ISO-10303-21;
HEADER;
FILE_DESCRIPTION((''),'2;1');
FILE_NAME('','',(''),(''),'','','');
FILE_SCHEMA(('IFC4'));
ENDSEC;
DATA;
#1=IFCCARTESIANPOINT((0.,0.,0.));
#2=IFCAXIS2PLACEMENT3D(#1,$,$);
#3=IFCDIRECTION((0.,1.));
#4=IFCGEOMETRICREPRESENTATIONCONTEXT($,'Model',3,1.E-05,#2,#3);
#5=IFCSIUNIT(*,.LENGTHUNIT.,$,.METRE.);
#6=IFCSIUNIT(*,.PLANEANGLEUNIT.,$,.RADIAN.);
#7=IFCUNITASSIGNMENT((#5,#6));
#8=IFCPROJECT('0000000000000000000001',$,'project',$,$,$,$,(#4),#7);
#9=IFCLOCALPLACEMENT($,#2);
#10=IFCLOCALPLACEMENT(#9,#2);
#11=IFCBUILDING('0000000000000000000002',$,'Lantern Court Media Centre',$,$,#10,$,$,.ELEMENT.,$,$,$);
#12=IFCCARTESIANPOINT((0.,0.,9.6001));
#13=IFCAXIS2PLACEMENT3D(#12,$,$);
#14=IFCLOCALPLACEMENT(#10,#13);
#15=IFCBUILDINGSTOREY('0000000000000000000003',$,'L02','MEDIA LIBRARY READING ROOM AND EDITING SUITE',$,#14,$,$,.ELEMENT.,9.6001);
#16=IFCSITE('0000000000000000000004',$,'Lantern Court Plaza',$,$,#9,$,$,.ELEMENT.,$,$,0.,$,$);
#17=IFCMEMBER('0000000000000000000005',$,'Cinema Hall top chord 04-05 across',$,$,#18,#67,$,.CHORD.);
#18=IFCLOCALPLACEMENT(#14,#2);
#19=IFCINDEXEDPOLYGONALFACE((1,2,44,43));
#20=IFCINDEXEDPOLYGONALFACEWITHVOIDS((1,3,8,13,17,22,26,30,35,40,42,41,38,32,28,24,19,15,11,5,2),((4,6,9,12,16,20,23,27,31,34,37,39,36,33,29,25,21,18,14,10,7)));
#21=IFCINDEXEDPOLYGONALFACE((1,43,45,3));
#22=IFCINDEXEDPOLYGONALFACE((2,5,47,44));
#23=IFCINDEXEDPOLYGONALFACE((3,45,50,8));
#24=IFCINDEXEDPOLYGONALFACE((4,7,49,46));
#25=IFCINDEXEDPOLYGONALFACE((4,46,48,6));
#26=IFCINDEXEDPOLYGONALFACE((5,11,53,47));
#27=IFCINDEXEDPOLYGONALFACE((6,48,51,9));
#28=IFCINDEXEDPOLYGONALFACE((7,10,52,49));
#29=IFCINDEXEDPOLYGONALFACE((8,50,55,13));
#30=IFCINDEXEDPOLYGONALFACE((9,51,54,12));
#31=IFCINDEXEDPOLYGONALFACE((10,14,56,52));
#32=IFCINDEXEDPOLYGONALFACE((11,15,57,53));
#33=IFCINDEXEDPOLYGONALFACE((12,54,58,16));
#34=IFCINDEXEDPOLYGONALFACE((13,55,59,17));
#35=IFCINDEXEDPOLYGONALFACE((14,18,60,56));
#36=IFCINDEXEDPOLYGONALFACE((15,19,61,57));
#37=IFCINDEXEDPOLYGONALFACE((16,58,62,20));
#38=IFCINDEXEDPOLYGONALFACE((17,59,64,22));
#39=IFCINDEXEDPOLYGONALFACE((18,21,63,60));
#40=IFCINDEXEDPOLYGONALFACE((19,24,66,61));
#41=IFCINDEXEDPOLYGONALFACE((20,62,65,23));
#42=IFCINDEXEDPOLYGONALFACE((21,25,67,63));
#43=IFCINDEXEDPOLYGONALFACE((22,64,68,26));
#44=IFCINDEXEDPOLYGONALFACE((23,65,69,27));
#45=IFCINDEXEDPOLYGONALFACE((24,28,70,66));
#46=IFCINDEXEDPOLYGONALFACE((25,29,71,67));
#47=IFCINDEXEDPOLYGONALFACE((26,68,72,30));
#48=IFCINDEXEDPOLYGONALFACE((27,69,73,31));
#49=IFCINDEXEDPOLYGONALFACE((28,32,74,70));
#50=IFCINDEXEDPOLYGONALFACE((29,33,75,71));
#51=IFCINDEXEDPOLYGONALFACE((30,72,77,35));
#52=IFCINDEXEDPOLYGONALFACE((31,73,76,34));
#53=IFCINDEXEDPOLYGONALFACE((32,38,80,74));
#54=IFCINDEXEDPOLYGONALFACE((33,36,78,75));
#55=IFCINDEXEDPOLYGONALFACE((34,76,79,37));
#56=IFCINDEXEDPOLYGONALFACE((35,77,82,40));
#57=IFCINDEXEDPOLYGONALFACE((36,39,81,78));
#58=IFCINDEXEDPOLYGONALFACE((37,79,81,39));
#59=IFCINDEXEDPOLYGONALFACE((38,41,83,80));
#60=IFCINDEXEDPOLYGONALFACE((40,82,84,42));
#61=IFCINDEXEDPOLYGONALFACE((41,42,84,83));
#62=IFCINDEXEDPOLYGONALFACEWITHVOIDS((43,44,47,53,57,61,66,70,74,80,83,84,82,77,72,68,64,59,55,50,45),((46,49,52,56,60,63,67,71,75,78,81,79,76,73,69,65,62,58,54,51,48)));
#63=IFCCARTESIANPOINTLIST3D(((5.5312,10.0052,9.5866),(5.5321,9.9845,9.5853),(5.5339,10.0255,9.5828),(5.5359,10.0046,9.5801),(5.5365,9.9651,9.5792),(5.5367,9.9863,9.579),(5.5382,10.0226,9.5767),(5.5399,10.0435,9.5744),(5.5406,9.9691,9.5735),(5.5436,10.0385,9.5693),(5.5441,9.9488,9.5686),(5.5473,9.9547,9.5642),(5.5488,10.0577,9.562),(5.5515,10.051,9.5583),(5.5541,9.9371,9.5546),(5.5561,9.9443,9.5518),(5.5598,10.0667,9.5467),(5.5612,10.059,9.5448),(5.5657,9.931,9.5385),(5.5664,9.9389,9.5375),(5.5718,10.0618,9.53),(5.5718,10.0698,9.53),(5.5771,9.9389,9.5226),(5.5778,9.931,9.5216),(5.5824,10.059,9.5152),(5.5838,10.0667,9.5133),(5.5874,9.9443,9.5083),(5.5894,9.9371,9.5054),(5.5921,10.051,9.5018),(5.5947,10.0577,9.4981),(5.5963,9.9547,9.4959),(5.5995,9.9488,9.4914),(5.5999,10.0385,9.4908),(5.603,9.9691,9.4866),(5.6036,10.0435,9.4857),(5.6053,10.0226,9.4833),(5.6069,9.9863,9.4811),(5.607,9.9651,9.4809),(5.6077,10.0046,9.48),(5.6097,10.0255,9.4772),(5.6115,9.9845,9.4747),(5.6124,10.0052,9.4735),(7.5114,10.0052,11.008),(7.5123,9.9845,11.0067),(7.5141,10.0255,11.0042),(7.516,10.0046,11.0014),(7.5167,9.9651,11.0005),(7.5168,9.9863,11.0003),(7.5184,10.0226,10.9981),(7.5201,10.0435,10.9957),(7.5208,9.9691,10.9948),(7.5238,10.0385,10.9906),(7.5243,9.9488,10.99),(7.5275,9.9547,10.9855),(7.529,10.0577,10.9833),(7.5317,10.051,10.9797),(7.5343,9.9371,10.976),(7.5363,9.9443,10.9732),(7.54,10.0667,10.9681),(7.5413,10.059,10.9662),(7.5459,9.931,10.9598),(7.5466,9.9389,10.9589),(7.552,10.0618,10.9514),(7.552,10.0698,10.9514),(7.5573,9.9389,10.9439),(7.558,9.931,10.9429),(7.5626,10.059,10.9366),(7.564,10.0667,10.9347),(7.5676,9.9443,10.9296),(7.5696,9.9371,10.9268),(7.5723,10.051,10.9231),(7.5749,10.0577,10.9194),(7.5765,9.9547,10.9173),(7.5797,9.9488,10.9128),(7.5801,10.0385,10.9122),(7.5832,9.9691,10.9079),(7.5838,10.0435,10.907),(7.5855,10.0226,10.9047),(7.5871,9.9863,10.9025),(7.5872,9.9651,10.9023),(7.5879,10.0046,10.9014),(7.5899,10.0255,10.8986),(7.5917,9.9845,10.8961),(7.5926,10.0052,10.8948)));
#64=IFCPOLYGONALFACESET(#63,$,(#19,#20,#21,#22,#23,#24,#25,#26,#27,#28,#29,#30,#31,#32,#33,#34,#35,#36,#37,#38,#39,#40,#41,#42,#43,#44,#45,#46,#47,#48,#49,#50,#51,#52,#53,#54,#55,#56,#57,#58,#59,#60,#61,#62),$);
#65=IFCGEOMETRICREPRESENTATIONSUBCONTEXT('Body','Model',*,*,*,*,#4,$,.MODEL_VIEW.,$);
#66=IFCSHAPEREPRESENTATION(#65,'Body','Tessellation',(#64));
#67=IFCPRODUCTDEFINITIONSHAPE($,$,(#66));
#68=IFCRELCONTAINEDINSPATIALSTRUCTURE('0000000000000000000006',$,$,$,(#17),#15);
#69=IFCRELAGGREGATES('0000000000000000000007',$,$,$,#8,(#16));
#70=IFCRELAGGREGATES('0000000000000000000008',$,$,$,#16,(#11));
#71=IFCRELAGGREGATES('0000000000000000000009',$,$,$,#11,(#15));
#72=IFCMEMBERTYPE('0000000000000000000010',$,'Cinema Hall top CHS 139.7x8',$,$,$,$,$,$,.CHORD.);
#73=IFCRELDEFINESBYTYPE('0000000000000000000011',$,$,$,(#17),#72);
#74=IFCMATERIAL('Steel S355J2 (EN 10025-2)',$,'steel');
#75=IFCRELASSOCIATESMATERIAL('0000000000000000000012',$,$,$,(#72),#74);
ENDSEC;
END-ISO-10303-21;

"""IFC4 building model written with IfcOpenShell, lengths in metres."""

from ifc_helpers import new_model, si_unit, direction, frame, origin, origin_2d, place, context, subcontext, project, spatial, hollow_circle, extrude, material, material_profile, profile_set, type_object, element, save


model = new_model("IFC4")

# Units and contexts
model_context = context("Model", 3, precision=1e-05, world=origin(), true_north=direction((0.0, 1.0)))
body_context = subcontext(model_context, "Body", "Model", "MODEL_VIEW")
ifc_project = project(units=[si_unit("LENGTHUNIT", "METRE"), si_unit("PLANEANGLEUNIT", "RADIAN")], contexts=[model_context])

# Site, building, storey
site_placement = place(None, origin())
site = spatial("IfcSite", under=ifc_project, at=site_placement, Name="Lantern Court Plaza", CompositionType="ELEMENT", RefElevation=0.0)
building_placement = place(site_placement, origin())
building = spatial("IfcBuilding", under=site, at=building_placement, Name="Lantern Court Media Centre", CompositionType="ELEMENT")
storey_placement = place(building_placement, frame((0.0, 0.0, 9.6001)))
storey = spatial("IfcBuildingStorey", under=building, at=storey_placement, Name="L02", Description="MEDIA LIBRARY READING ROOM AND EDITING SUITE", CompositionType="ELEMENT", Elevation=9.6001)

# Member
ifc_material = material(Name="Steel S355J2 (EN 10025-2)", Category="steel")
ifc_material_profile_1 = material_profile(ifc_material, hollow_circle(Radius=0.0698, WallThickness=0.0081, at=origin_2d()), Name="Cinema Hall top CHS 139.7x8")
ifc_profile_set_1 = profile_set([ifc_material_profile_1], Name="Steel S355J2 (EN 10025-2)")
member_type_1 = type_object("IfcMemberType", Name="Cinema Hall top CHS 139.7x8", PredefinedType="CHORD", material=ifc_profile_set_1)
for number, where, z_axis, x_axis, name in (
    (1, (5.5718, 10.0, 9.53), (0.812385, 0.0, 0.583122), (0.0, 1.0, 0.0), "Cinema Hall top chord 04-05 across"),
):
    element("IfcMember", number, at=place(storey_placement, frame(where, z_axis=z_axis, x_axis=x_axis)), inside=storey, type_object=member_type_1, Name=name, PredefinedType="CHORD", context=body_context, shape_type="SweptSolid", body=[
        extrude(hollow_circle(Radius=0.0698, WallThickness=0.0081, at=origin_2d()), origin(), (0.0, 0.0, 1.0), 2.4375),
    ])

save(model, "model.ifc")
